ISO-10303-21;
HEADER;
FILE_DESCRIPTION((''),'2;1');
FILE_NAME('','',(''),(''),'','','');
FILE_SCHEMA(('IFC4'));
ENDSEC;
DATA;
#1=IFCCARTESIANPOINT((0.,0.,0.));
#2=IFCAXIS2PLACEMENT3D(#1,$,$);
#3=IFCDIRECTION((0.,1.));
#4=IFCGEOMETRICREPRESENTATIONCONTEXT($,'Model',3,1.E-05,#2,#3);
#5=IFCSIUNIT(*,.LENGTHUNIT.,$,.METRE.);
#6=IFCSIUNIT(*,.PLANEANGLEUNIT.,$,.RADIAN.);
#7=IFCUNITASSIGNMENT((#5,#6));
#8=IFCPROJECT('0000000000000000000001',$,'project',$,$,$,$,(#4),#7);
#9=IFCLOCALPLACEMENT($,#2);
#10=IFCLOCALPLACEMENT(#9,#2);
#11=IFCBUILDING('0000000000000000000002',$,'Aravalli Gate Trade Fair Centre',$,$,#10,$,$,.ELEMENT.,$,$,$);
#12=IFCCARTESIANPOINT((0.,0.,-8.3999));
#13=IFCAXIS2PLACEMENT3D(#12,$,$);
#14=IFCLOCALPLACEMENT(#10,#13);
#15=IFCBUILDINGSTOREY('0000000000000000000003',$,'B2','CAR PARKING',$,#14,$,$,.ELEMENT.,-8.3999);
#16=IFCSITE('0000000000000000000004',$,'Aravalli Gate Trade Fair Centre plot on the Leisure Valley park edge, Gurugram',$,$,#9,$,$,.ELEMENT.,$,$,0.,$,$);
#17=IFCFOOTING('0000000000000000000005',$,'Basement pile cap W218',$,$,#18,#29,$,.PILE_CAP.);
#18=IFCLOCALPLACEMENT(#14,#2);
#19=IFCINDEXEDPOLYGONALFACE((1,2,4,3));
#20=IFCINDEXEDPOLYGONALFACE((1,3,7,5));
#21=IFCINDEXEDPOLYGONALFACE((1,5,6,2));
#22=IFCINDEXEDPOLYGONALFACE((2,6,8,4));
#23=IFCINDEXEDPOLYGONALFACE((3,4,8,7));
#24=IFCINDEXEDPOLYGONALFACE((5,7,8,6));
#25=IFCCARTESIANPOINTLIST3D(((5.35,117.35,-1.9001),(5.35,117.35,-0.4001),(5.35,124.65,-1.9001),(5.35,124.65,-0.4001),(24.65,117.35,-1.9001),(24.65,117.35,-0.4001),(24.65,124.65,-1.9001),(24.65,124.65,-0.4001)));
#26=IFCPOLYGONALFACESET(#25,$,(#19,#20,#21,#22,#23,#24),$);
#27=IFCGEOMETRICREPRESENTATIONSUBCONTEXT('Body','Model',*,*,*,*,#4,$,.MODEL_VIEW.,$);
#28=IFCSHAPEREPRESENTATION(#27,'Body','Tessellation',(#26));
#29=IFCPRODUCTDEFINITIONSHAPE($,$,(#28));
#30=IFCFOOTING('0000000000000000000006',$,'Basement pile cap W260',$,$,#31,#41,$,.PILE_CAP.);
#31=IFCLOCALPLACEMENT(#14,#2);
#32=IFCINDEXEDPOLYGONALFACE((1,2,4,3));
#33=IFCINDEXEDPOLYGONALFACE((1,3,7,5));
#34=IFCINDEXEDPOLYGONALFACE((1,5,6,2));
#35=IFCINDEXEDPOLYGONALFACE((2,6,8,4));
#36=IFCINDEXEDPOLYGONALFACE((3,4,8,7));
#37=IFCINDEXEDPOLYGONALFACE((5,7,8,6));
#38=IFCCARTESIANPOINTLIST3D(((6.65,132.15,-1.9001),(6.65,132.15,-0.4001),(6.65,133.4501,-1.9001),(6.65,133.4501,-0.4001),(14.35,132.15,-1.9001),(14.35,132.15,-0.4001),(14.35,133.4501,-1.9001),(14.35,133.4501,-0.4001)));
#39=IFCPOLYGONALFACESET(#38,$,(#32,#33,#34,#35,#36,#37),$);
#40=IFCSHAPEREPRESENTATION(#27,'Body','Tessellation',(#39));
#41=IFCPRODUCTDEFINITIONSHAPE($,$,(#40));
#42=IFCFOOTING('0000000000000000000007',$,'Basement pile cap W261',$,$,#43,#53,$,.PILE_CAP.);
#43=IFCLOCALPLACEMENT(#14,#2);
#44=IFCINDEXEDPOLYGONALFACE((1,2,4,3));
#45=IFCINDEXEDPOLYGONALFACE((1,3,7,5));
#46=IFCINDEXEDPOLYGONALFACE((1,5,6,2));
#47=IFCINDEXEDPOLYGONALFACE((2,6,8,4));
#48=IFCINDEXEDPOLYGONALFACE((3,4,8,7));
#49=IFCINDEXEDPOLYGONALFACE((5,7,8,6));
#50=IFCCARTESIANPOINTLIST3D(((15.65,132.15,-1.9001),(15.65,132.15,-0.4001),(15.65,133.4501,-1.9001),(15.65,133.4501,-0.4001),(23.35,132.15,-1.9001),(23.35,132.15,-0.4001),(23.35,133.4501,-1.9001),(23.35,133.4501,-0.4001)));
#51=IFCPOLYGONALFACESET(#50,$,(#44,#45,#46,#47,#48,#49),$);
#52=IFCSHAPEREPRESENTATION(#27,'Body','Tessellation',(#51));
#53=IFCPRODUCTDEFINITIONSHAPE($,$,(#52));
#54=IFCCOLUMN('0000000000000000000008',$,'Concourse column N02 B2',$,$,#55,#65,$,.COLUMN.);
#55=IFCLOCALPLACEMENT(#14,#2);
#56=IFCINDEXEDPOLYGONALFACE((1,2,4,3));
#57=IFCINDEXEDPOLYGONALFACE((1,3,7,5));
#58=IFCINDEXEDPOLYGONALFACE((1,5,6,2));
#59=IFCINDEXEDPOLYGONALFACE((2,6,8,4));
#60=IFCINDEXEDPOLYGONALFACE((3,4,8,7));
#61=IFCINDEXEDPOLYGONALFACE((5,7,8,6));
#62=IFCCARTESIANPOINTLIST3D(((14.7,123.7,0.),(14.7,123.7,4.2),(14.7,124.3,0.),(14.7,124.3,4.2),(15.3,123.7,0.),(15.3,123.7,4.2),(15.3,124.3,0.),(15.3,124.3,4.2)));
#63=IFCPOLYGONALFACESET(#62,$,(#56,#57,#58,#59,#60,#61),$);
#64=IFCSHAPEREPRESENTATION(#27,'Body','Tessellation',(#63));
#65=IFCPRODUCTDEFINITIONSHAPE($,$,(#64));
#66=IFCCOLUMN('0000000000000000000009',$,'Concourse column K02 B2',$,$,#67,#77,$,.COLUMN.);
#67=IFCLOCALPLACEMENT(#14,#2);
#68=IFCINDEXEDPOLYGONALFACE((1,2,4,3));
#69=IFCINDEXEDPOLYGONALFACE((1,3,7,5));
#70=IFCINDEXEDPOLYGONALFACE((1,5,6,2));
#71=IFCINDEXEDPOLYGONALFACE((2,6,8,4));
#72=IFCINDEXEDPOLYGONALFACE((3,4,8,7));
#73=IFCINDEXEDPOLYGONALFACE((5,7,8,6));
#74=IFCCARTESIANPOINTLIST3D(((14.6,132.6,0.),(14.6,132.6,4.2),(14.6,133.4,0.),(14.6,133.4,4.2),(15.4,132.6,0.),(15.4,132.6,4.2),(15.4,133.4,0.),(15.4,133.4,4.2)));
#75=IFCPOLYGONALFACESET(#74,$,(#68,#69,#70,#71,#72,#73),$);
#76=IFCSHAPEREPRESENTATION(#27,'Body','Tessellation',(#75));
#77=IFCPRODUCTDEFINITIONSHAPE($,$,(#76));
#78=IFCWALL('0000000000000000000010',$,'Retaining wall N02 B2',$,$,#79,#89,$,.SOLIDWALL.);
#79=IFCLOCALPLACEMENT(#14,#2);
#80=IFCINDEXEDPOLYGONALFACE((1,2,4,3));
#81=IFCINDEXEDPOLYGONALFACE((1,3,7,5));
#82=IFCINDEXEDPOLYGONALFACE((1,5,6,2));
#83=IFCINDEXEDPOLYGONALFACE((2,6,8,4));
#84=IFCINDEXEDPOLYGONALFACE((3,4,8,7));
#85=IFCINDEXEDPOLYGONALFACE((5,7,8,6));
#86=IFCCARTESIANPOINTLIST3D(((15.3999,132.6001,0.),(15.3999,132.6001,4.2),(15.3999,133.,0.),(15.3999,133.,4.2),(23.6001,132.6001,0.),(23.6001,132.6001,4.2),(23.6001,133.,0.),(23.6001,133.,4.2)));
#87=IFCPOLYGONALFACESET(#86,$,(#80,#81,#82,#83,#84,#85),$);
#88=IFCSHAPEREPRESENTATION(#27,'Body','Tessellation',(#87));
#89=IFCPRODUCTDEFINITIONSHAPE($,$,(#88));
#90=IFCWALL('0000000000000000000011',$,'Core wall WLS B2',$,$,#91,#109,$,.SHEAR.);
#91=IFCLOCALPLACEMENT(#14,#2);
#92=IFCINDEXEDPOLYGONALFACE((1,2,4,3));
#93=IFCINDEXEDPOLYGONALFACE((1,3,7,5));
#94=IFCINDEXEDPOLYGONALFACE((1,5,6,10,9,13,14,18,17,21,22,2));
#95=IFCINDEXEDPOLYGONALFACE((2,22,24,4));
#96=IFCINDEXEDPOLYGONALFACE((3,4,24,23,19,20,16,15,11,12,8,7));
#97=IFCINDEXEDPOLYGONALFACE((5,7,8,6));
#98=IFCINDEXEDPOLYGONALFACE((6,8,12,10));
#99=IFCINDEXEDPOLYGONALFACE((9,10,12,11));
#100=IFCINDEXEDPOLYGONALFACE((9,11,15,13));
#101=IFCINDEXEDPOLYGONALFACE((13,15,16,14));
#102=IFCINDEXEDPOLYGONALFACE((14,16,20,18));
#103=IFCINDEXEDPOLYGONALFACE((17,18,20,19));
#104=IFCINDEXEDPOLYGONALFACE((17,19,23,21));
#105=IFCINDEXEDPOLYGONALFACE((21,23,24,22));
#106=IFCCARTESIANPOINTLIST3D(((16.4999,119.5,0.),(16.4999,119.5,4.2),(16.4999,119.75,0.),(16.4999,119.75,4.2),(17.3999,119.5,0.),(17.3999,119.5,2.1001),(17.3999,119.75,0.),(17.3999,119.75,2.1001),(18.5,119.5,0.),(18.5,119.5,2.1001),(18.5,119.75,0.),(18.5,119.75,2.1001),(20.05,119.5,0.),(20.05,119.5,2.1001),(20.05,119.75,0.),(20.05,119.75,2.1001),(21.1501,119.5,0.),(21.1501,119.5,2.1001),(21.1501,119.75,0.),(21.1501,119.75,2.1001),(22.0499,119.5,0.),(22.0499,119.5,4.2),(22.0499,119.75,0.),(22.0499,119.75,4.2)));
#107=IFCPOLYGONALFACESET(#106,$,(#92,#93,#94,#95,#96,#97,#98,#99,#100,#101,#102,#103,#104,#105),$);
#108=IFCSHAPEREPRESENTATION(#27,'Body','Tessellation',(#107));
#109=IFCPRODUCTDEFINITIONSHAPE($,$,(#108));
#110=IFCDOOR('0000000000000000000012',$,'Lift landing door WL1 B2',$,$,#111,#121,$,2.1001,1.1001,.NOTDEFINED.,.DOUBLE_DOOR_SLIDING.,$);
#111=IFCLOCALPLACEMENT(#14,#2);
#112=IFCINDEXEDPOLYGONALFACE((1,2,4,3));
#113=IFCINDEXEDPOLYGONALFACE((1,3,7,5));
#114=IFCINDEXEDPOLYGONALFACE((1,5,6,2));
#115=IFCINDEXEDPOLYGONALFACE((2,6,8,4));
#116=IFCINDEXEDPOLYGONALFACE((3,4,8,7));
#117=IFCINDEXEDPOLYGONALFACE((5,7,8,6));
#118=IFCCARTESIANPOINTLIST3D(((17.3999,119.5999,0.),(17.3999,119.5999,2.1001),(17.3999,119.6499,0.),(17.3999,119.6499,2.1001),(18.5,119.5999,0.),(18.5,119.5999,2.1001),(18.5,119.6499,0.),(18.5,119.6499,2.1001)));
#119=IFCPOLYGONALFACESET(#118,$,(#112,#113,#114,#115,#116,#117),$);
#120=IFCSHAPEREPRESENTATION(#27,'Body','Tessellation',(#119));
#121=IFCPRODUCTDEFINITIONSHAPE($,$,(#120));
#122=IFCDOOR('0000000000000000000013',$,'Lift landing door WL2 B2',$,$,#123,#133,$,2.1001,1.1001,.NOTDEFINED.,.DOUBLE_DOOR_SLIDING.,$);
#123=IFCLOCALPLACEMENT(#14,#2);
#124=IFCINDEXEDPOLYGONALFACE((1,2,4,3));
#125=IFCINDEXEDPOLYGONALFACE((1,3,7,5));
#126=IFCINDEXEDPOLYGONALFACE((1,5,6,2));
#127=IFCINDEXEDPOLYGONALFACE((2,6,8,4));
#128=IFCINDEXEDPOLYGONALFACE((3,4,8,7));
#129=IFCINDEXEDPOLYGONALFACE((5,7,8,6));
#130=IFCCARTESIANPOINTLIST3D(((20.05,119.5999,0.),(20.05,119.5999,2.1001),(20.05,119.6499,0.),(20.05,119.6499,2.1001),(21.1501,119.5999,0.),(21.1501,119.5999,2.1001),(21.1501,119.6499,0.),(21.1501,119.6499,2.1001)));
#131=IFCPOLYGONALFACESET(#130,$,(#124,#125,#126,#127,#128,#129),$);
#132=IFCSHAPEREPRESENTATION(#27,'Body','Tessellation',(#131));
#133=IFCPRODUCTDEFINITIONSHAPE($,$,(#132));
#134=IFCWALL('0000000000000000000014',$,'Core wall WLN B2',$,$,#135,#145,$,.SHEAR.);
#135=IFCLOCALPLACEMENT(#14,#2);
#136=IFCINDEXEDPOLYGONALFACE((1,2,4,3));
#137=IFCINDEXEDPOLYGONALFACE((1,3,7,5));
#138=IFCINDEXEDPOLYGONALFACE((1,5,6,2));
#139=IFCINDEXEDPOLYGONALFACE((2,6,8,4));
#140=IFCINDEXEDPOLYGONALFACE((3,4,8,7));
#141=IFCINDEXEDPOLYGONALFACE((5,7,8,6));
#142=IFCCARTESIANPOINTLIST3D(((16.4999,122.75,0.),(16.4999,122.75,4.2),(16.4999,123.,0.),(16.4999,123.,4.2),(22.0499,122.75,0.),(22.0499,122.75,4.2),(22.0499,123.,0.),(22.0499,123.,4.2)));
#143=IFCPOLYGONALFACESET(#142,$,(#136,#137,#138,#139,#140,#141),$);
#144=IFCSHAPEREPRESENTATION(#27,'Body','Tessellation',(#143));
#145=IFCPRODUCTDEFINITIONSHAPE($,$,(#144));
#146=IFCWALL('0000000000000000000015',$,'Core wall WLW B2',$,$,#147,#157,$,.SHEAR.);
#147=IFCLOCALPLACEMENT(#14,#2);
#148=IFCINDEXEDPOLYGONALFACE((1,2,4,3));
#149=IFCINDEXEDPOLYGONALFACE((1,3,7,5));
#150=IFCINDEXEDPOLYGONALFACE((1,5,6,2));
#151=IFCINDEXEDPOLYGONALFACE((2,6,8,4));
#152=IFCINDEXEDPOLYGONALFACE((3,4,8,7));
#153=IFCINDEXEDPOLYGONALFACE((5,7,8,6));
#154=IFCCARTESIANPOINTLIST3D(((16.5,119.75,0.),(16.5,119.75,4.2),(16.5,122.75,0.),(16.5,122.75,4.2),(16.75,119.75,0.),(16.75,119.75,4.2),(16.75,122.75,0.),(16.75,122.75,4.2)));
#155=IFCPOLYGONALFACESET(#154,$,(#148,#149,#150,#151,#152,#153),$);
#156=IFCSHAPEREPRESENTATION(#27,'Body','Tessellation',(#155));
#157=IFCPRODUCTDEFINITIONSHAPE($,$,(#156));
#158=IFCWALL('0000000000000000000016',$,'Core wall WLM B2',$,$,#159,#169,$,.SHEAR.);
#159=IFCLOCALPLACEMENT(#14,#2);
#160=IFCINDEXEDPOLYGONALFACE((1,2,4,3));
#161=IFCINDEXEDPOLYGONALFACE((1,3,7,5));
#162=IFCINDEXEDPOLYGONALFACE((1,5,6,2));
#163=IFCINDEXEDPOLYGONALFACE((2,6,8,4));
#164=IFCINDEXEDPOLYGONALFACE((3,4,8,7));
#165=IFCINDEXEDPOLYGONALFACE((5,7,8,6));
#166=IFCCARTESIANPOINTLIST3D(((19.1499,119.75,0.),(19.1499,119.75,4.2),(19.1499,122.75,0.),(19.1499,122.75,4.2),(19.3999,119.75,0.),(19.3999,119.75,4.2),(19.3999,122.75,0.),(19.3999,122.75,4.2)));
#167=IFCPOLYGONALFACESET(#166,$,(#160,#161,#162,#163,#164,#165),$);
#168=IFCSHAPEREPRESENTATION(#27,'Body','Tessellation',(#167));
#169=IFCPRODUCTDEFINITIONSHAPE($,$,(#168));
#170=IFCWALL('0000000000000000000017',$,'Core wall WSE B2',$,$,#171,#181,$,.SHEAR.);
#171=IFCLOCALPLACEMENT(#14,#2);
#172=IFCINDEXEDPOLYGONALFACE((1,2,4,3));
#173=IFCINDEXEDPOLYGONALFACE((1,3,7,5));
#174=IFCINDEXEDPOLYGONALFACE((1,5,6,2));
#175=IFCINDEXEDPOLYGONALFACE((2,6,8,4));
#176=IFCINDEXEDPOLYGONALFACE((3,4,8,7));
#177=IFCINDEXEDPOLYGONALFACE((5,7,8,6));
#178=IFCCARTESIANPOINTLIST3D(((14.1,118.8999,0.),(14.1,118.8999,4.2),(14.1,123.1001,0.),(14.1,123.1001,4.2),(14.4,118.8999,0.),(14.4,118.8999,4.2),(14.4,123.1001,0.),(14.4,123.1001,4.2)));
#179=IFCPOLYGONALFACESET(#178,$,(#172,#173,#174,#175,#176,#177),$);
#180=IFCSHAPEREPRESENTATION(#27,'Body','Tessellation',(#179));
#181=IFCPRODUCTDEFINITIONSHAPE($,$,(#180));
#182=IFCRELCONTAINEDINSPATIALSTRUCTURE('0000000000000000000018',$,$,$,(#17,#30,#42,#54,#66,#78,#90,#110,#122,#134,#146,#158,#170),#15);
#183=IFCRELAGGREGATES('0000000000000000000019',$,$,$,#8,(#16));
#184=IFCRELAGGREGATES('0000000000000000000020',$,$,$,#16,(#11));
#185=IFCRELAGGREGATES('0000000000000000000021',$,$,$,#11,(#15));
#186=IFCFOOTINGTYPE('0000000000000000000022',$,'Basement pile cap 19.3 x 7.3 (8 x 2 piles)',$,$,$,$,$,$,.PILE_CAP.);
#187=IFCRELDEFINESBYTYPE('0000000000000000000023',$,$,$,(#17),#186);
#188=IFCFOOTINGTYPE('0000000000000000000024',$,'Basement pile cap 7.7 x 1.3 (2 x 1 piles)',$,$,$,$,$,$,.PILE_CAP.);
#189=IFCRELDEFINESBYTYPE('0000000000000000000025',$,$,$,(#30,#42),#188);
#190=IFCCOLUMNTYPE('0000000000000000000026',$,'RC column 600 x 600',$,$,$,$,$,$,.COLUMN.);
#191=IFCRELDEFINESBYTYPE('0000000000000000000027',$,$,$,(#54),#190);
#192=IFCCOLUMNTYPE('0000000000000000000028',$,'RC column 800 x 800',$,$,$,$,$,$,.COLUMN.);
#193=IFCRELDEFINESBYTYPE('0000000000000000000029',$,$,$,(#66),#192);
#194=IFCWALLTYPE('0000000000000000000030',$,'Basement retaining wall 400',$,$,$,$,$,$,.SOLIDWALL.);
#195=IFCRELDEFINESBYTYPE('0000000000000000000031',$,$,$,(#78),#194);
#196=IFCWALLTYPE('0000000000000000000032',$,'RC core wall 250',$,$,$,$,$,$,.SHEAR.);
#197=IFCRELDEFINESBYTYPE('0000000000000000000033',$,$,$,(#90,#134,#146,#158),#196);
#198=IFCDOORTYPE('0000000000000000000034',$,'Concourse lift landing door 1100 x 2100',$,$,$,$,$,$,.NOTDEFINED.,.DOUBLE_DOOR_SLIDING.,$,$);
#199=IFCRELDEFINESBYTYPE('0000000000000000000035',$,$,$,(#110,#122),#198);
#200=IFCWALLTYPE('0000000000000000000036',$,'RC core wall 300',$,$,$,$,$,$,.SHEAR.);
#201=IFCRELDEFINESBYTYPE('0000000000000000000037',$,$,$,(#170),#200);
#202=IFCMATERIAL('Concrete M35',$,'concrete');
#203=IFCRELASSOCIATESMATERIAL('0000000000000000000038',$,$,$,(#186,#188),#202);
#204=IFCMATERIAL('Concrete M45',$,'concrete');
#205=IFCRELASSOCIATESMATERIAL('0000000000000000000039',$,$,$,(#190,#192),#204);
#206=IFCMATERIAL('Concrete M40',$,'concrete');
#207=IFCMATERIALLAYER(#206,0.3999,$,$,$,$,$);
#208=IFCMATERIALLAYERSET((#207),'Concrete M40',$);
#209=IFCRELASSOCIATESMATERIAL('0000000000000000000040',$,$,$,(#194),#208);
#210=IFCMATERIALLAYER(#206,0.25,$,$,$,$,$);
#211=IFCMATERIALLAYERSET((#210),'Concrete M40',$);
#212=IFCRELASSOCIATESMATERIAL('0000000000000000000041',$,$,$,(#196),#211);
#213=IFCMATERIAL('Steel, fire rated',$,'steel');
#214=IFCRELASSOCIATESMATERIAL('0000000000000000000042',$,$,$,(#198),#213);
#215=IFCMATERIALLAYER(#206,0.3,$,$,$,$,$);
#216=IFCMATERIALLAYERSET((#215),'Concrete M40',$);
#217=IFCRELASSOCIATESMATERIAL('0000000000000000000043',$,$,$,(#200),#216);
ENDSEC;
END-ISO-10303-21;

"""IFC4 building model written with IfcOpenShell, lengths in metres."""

from ifc_helpers import new_model, si_unit, direction, frame, frame_2d, origin, origin_2d, place, context, subcontext, project, spatial, rectangle, extrude, material, layer, layer_set, material_profile, profile_set, type_object, element, fill, save


model = new_model("IFC4")

# Units and contexts
model_context = context("Model", 3, precision=1e-05, world=origin(), true_north=direction((0.0, 1.0)))
body_context = subcontext(model_context, "Body", "Model", "MODEL_VIEW")
ifc_project = project(units=[si_unit("LENGTHUNIT", "METRE"), si_unit("PLANEANGLEUNIT", "RADIAN")], contexts=[model_context])

# Site, building, storey
site_placement = place(None, origin())
site = spatial("IfcSite", under=ifc_project, at=site_placement, Name="Aravalli Gate Trade Fair Centre plot on the Leisure Valley park edge, Gurugram", CompositionType="ELEMENT", RefElevation=0.0)
building_placement = place(site_placement, origin())
building = spatial("IfcBuilding", under=site, at=building_placement, Name="Aravalli Gate Trade Fair Centre", CompositionType="ELEMENT")
storey_placement = place(building_placement, frame((0.0, 0.0, -8.3999)))
storey = spatial("IfcBuildingStorey", under=building, at=storey_placement, Name="B2", Description="CAR PARKING", CompositionType="ELEMENT", Elevation=-8.3999)

# Shared definitions
ifc_material_1 = material(Name="Concrete M35", Category="concrete")

# Footings
footing_type_1 = type_object("IfcFootingType", Name="Basement pile cap 19.3 x 7.3 (8 x 2 piles)", PredefinedType="PILE_CAP", material=ifc_material_1)
footing_1_placement = place(storey_placement, frame((15.0, 121.0, -1.9001), z_axis=(0.0, 0.0, 1.0), x_axis=(1.0, 0.0, 0.0)))
element("IfcFooting", 1, at=footing_1_placement, inside=storey, type_object=footing_type_1, Name="Basement pile cap W218", PredefinedType="PILE_CAP", context=body_context, shape_type="SweptSolid", body=[
    extrude(rectangle(XDim=19.3, YDim=7.3, at=origin_2d()), origin(), (0.0, 0.0, 1.0), 1.5),
])
footing_type_2 = type_object("IfcFootingType", Name="Basement pile cap 7.7 x 1.3 (2 x 1 piles)", PredefinedType="PILE_CAP", material=ifc_material_1)
for number, where, z_axis, x_axis, name in (
    (2, (10.5, 132.8, -1.9001), (0.0, 0.0, 1.0), (1.0, 0.0, 0.0), "Basement pile cap W260"),
    (3, (19.5, 132.8, -1.9001), (0.0, 0.0, 1.0), (1.0, 0.0, 0.0), "Basement pile cap W261"),
):
    element("IfcFooting", number, at=place(storey_placement, frame(where, z_axis=z_axis, x_axis=x_axis)), inside=storey, type_object=footing_type_2, Name=name, PredefinedType="PILE_CAP", context=body_context, shape_type="SweptSolid", body=[
        extrude(rectangle(XDim=7.7, YDim=1.3, at=origin_2d()), origin(), (0.0, 0.0, 1.0), 1.5),
    ])

# Columns
ifc_material_2 = material(Name="Concrete M45", Category="concrete")
ifc_material_profile_1 = material_profile(ifc_material_2, rectangle(XDim=0.6001, YDim=0.6001, at=origin_2d()), Name="RC column 600 x 600")
ifc_profile_set_1 = profile_set([ifc_material_profile_1], Name="Concrete M45")
column_type_1 = type_object("IfcColumnType", Name="RC column 600 x 600", PredefinedType="COLUMN", material=ifc_profile_set_1)
column_1_placement = place(storey_placement, frame((15.0, 124.0, 0.0), z_axis=(0.0, 0.0, 1.0), x_axis=(1.0, 0.0, 0.0)))
element("IfcColumn", 4, at=column_1_placement, inside=storey, type_object=column_type_1, Name="Concourse column N02 B2", PredefinedType="COLUMN", context=body_context, shape_type="SweptSolid", body=[
    extrude(rectangle(XDim=0.6001, YDim=0.6001, at=origin_2d()), origin(), (0.0, 0.0, 1.0), 4.2),
])
ifc_material_profile_2 = material_profile(ifc_material_2, rectangle(XDim=0.8, YDim=0.8, at=origin_2d()), Name="RC column 800 x 800")
ifc_profile_set_2 = profile_set([ifc_material_profile_2], Name="Concrete M45")
column_type_2 = type_object("IfcColumnType", Name="RC column 800 x 800", PredefinedType="COLUMN", material=ifc_profile_set_2)
column_2_placement = place(storey_placement, frame((15.0, 133.0, 0.0), z_axis=(0.0, 0.0, 1.0), x_axis=(1.0, 0.0, 0.0)))
element("IfcColumn", 5, at=column_2_placement, inside=storey, type_object=column_type_2, Name="Concourse column K02 B2", PredefinedType="COLUMN", context=body_context, shape_type="SweptSolid", body=[
    extrude(rectangle(XDim=0.8, YDim=0.8, at=origin_2d()), origin(), (0.0, 0.0, 1.0), 4.2),
])

# Wall
ifc_material_3 = material(Name="Concrete M40", Category="concrete")
ifc_layer_1 = layer(ifc_material_3, 0.3999)
ifc_layer_set_1 = layer_set([ifc_layer_1], Name="Concrete M40")
wall_type_1 = type_object("IfcWallType", Name="Basement retaining wall 400", PredefinedType="SOLIDWALL", material=ifc_layer_set_1)
wall_1_placement = place(storey_placement, frame((15.3999, 132.8, 0.0), z_axis=(0.0, 0.0, 1.0), x_axis=(1.0, 0.0, 0.0)))
element("IfcWall", 6, at=wall_1_placement, inside=storey, type_object=wall_type_1, Name="Retaining wall N02 B2", PredefinedType="SOLIDWALL", context=body_context, shape_type="SweptSolid", body=[
    extrude(rectangle(XDim=8.2002, YDim=0.3999, at=frame_2d((4.1001, 0.0))), origin(), (0.0, 0.0, 1.0), 4.2),
])

# Wall, openings, doors
ifc_layer_2 = layer(ifc_material_3, 0.25)
ifc_layer_set_2 = layer_set([ifc_layer_2], Name="Concrete M40")
wall_type_2 = type_object("IfcWallType", Name="RC core wall 250", PredefinedType="SHEAR", material=ifc_layer_set_2)
wall_2_placement = place(storey_placement, frame((16.5, 119.625, 0.0), z_axis=(0.0, 0.0, 1.0), x_axis=(1.0, 0.0, 0.0)))
wall_2 = element("IfcWall", 7, at=wall_2_placement, inside=storey, type_object=wall_type_2, Name="Core wall WLS B2", PredefinedType="SHEAR", context=body_context, shape_type="SweptSolid", body=[
    extrude(rectangle(XDim=5.55, YDim=0.25, at=frame_2d((2.7749, 0.0))), origin(), (0.0, 0.0, 1.0), 4.2),
])
opening_1_placement = place(wall_2_placement, frame((0.8999, 0.0, 0.0)))
opening_1 = element("IfcOpeningElement", 8, at=opening_1_placement, cuts=wall_2, PredefinedType="OPENING", context=body_context, shape_type="SweptSolid", body=[
    extrude(rectangle(XDim=1.1001, YDim=2.1001, at=frame_2d((0.55, 1.05))), frame((0.0, 0.135, 0.0), z_axis=(0.0, -1.0, 0.0), x_axis=(1.0, 0.0, 0.0)), (0.0, 0.0, 1.0), 0.27),
])
opening_2_placement = place(wall_2_placement, frame((3.55, 0.0, 0.0)))
opening_2 = element("IfcOpeningElement", 9, at=opening_2_placement, cuts=wall_2, PredefinedType="OPENING", context=body_context, shape_type="SweptSolid", body=[
    extrude(rectangle(XDim=1.1001, YDim=2.1001, at=frame_2d((0.55, 1.05))), frame((0.0, 0.135, 0.0), z_axis=(0.0, -1.0, 0.0), x_axis=(1.0, 0.0, 0.0)), (0.0, 0.0, 1.0), 0.27),
])
ifc_material_4 = material(Name="Steel, fire rated", Category="steel")
door_type = type_object("IfcDoorType", Name="Concourse lift landing door 1100 x 2100", OperationType="DOUBLE_DOOR_SLIDING", PredefinedType="NOTDEFINED", material=ifc_material_4)
door_1_placement = place(opening_1_placement, origin())
door_1 = element("IfcDoor", 10, at=door_1_placement, inside=storey, type_object=door_type, Name="Lift landing door WL1 B2", OperationType="DOUBLE_DOOR_SLIDING", OverallHeight=2.1001, OverallWidth=1.1001, PredefinedType="NOTDEFINED", context=body_context, shape_type="SweptSolid", body=[
    extrude(rectangle(XDim=1.1001, YDim=2.1001, at=frame_2d((0.55, 1.05))), frame((0.0, 0.0249, 0.0), z_axis=(0.0, -1.0, 0.0), x_axis=(1.0, 0.0, 0.0)), (0.0, 0.0, 1.0), 0.05),
])
fill(opening_1, door_1)
door_2_placement = place(opening_2_placement, origin())
door_2 = element("IfcDoor", 11, at=door_2_placement, inside=storey, type_object=door_type, Name="Lift landing door WL2 B2", OperationType="DOUBLE_DOOR_SLIDING", OverallHeight=2.1001, OverallWidth=1.1001, PredefinedType="NOTDEFINED", context=body_context, shape_type="SweptSolid", body=[
    extrude(rectangle(XDim=1.1001, YDim=2.1001, at=frame_2d((0.55, 1.05))), frame((0.0, 0.0249, 0.0), z_axis=(0.0, -1.0, 0.0), x_axis=(1.0, 0.0, 0.0)), (0.0, 0.0, 1.0), 0.05),
])
fill(opening_2, door_2)

# Walls
wall_3_placement = place(storey_placement, frame((16.5, 122.875, 0.0), z_axis=(0.0, 0.0, 1.0), x_axis=(1.0, 0.0, 0.0)))
element("IfcWall", 12, at=wall_3_placement, inside=storey, type_object=wall_type_2, Name="Core wall WLN B2", PredefinedType="SHEAR", context=body_context, shape_type="SweptSolid", body=[
    extrude(rectangle(XDim=5.55, YDim=0.25, at=frame_2d((2.7749, 0.0))), origin(), (0.0, 0.0, 1.0), 4.2),
])
for number, where, z_axis, x_axis, name in (
    (13, (16.625, 119.75, 0.0), (0.0, 0.0, 1.0), (0.0, 1.0, 0.0), "Core wall WLW B2"),
    (14, (19.2749, 119.75, 0.0), (0.0, 0.0, 1.0), (0.0, 1.0, 0.0), "Core wall WLM B2"),
):
    element("IfcWall", number, at=place(storey_placement, frame(where, z_axis=z_axis, x_axis=x_axis)), inside=storey, type_object=wall_type_2, Name=name, PredefinedType="SHEAR", context=body_context, shape_type="SweptSolid", body=[
        extrude(rectangle(XDim=3.0, YDim=0.25, at=frame_2d((1.5, 0.0))), origin(), (0.0, 0.0, 1.0), 4.2),
    ])
ifc_layer_3 = layer(ifc_material_3, 0.3)
ifc_layer_set_3 = layer_set([ifc_layer_3], Name="Concrete M40")
wall_type_3 = type_object("IfcWallType", Name="RC core wall 300", PredefinedType="SHEAR", material=ifc_layer_set_3)
wall_4_placement = place(storey_placement, frame((14.25, 118.8999, 0.0), z_axis=(0.0, 0.0, 1.0), x_axis=(0.0, 1.0, 0.0)))
element("IfcWall", 15, at=wall_4_placement, inside=storey, type_object=wall_type_3, Name="Core wall WSE B2", PredefinedType="SHEAR", context=body_context, shape_type="SweptSolid", body=[
    extrude(rectangle(XDim=4.2002, YDim=0.3, at=frame_2d((2.1001, 0.0))), origin(), (0.0, 0.0, 1.0), 4.2),
])

save(model, "model.ifc")
